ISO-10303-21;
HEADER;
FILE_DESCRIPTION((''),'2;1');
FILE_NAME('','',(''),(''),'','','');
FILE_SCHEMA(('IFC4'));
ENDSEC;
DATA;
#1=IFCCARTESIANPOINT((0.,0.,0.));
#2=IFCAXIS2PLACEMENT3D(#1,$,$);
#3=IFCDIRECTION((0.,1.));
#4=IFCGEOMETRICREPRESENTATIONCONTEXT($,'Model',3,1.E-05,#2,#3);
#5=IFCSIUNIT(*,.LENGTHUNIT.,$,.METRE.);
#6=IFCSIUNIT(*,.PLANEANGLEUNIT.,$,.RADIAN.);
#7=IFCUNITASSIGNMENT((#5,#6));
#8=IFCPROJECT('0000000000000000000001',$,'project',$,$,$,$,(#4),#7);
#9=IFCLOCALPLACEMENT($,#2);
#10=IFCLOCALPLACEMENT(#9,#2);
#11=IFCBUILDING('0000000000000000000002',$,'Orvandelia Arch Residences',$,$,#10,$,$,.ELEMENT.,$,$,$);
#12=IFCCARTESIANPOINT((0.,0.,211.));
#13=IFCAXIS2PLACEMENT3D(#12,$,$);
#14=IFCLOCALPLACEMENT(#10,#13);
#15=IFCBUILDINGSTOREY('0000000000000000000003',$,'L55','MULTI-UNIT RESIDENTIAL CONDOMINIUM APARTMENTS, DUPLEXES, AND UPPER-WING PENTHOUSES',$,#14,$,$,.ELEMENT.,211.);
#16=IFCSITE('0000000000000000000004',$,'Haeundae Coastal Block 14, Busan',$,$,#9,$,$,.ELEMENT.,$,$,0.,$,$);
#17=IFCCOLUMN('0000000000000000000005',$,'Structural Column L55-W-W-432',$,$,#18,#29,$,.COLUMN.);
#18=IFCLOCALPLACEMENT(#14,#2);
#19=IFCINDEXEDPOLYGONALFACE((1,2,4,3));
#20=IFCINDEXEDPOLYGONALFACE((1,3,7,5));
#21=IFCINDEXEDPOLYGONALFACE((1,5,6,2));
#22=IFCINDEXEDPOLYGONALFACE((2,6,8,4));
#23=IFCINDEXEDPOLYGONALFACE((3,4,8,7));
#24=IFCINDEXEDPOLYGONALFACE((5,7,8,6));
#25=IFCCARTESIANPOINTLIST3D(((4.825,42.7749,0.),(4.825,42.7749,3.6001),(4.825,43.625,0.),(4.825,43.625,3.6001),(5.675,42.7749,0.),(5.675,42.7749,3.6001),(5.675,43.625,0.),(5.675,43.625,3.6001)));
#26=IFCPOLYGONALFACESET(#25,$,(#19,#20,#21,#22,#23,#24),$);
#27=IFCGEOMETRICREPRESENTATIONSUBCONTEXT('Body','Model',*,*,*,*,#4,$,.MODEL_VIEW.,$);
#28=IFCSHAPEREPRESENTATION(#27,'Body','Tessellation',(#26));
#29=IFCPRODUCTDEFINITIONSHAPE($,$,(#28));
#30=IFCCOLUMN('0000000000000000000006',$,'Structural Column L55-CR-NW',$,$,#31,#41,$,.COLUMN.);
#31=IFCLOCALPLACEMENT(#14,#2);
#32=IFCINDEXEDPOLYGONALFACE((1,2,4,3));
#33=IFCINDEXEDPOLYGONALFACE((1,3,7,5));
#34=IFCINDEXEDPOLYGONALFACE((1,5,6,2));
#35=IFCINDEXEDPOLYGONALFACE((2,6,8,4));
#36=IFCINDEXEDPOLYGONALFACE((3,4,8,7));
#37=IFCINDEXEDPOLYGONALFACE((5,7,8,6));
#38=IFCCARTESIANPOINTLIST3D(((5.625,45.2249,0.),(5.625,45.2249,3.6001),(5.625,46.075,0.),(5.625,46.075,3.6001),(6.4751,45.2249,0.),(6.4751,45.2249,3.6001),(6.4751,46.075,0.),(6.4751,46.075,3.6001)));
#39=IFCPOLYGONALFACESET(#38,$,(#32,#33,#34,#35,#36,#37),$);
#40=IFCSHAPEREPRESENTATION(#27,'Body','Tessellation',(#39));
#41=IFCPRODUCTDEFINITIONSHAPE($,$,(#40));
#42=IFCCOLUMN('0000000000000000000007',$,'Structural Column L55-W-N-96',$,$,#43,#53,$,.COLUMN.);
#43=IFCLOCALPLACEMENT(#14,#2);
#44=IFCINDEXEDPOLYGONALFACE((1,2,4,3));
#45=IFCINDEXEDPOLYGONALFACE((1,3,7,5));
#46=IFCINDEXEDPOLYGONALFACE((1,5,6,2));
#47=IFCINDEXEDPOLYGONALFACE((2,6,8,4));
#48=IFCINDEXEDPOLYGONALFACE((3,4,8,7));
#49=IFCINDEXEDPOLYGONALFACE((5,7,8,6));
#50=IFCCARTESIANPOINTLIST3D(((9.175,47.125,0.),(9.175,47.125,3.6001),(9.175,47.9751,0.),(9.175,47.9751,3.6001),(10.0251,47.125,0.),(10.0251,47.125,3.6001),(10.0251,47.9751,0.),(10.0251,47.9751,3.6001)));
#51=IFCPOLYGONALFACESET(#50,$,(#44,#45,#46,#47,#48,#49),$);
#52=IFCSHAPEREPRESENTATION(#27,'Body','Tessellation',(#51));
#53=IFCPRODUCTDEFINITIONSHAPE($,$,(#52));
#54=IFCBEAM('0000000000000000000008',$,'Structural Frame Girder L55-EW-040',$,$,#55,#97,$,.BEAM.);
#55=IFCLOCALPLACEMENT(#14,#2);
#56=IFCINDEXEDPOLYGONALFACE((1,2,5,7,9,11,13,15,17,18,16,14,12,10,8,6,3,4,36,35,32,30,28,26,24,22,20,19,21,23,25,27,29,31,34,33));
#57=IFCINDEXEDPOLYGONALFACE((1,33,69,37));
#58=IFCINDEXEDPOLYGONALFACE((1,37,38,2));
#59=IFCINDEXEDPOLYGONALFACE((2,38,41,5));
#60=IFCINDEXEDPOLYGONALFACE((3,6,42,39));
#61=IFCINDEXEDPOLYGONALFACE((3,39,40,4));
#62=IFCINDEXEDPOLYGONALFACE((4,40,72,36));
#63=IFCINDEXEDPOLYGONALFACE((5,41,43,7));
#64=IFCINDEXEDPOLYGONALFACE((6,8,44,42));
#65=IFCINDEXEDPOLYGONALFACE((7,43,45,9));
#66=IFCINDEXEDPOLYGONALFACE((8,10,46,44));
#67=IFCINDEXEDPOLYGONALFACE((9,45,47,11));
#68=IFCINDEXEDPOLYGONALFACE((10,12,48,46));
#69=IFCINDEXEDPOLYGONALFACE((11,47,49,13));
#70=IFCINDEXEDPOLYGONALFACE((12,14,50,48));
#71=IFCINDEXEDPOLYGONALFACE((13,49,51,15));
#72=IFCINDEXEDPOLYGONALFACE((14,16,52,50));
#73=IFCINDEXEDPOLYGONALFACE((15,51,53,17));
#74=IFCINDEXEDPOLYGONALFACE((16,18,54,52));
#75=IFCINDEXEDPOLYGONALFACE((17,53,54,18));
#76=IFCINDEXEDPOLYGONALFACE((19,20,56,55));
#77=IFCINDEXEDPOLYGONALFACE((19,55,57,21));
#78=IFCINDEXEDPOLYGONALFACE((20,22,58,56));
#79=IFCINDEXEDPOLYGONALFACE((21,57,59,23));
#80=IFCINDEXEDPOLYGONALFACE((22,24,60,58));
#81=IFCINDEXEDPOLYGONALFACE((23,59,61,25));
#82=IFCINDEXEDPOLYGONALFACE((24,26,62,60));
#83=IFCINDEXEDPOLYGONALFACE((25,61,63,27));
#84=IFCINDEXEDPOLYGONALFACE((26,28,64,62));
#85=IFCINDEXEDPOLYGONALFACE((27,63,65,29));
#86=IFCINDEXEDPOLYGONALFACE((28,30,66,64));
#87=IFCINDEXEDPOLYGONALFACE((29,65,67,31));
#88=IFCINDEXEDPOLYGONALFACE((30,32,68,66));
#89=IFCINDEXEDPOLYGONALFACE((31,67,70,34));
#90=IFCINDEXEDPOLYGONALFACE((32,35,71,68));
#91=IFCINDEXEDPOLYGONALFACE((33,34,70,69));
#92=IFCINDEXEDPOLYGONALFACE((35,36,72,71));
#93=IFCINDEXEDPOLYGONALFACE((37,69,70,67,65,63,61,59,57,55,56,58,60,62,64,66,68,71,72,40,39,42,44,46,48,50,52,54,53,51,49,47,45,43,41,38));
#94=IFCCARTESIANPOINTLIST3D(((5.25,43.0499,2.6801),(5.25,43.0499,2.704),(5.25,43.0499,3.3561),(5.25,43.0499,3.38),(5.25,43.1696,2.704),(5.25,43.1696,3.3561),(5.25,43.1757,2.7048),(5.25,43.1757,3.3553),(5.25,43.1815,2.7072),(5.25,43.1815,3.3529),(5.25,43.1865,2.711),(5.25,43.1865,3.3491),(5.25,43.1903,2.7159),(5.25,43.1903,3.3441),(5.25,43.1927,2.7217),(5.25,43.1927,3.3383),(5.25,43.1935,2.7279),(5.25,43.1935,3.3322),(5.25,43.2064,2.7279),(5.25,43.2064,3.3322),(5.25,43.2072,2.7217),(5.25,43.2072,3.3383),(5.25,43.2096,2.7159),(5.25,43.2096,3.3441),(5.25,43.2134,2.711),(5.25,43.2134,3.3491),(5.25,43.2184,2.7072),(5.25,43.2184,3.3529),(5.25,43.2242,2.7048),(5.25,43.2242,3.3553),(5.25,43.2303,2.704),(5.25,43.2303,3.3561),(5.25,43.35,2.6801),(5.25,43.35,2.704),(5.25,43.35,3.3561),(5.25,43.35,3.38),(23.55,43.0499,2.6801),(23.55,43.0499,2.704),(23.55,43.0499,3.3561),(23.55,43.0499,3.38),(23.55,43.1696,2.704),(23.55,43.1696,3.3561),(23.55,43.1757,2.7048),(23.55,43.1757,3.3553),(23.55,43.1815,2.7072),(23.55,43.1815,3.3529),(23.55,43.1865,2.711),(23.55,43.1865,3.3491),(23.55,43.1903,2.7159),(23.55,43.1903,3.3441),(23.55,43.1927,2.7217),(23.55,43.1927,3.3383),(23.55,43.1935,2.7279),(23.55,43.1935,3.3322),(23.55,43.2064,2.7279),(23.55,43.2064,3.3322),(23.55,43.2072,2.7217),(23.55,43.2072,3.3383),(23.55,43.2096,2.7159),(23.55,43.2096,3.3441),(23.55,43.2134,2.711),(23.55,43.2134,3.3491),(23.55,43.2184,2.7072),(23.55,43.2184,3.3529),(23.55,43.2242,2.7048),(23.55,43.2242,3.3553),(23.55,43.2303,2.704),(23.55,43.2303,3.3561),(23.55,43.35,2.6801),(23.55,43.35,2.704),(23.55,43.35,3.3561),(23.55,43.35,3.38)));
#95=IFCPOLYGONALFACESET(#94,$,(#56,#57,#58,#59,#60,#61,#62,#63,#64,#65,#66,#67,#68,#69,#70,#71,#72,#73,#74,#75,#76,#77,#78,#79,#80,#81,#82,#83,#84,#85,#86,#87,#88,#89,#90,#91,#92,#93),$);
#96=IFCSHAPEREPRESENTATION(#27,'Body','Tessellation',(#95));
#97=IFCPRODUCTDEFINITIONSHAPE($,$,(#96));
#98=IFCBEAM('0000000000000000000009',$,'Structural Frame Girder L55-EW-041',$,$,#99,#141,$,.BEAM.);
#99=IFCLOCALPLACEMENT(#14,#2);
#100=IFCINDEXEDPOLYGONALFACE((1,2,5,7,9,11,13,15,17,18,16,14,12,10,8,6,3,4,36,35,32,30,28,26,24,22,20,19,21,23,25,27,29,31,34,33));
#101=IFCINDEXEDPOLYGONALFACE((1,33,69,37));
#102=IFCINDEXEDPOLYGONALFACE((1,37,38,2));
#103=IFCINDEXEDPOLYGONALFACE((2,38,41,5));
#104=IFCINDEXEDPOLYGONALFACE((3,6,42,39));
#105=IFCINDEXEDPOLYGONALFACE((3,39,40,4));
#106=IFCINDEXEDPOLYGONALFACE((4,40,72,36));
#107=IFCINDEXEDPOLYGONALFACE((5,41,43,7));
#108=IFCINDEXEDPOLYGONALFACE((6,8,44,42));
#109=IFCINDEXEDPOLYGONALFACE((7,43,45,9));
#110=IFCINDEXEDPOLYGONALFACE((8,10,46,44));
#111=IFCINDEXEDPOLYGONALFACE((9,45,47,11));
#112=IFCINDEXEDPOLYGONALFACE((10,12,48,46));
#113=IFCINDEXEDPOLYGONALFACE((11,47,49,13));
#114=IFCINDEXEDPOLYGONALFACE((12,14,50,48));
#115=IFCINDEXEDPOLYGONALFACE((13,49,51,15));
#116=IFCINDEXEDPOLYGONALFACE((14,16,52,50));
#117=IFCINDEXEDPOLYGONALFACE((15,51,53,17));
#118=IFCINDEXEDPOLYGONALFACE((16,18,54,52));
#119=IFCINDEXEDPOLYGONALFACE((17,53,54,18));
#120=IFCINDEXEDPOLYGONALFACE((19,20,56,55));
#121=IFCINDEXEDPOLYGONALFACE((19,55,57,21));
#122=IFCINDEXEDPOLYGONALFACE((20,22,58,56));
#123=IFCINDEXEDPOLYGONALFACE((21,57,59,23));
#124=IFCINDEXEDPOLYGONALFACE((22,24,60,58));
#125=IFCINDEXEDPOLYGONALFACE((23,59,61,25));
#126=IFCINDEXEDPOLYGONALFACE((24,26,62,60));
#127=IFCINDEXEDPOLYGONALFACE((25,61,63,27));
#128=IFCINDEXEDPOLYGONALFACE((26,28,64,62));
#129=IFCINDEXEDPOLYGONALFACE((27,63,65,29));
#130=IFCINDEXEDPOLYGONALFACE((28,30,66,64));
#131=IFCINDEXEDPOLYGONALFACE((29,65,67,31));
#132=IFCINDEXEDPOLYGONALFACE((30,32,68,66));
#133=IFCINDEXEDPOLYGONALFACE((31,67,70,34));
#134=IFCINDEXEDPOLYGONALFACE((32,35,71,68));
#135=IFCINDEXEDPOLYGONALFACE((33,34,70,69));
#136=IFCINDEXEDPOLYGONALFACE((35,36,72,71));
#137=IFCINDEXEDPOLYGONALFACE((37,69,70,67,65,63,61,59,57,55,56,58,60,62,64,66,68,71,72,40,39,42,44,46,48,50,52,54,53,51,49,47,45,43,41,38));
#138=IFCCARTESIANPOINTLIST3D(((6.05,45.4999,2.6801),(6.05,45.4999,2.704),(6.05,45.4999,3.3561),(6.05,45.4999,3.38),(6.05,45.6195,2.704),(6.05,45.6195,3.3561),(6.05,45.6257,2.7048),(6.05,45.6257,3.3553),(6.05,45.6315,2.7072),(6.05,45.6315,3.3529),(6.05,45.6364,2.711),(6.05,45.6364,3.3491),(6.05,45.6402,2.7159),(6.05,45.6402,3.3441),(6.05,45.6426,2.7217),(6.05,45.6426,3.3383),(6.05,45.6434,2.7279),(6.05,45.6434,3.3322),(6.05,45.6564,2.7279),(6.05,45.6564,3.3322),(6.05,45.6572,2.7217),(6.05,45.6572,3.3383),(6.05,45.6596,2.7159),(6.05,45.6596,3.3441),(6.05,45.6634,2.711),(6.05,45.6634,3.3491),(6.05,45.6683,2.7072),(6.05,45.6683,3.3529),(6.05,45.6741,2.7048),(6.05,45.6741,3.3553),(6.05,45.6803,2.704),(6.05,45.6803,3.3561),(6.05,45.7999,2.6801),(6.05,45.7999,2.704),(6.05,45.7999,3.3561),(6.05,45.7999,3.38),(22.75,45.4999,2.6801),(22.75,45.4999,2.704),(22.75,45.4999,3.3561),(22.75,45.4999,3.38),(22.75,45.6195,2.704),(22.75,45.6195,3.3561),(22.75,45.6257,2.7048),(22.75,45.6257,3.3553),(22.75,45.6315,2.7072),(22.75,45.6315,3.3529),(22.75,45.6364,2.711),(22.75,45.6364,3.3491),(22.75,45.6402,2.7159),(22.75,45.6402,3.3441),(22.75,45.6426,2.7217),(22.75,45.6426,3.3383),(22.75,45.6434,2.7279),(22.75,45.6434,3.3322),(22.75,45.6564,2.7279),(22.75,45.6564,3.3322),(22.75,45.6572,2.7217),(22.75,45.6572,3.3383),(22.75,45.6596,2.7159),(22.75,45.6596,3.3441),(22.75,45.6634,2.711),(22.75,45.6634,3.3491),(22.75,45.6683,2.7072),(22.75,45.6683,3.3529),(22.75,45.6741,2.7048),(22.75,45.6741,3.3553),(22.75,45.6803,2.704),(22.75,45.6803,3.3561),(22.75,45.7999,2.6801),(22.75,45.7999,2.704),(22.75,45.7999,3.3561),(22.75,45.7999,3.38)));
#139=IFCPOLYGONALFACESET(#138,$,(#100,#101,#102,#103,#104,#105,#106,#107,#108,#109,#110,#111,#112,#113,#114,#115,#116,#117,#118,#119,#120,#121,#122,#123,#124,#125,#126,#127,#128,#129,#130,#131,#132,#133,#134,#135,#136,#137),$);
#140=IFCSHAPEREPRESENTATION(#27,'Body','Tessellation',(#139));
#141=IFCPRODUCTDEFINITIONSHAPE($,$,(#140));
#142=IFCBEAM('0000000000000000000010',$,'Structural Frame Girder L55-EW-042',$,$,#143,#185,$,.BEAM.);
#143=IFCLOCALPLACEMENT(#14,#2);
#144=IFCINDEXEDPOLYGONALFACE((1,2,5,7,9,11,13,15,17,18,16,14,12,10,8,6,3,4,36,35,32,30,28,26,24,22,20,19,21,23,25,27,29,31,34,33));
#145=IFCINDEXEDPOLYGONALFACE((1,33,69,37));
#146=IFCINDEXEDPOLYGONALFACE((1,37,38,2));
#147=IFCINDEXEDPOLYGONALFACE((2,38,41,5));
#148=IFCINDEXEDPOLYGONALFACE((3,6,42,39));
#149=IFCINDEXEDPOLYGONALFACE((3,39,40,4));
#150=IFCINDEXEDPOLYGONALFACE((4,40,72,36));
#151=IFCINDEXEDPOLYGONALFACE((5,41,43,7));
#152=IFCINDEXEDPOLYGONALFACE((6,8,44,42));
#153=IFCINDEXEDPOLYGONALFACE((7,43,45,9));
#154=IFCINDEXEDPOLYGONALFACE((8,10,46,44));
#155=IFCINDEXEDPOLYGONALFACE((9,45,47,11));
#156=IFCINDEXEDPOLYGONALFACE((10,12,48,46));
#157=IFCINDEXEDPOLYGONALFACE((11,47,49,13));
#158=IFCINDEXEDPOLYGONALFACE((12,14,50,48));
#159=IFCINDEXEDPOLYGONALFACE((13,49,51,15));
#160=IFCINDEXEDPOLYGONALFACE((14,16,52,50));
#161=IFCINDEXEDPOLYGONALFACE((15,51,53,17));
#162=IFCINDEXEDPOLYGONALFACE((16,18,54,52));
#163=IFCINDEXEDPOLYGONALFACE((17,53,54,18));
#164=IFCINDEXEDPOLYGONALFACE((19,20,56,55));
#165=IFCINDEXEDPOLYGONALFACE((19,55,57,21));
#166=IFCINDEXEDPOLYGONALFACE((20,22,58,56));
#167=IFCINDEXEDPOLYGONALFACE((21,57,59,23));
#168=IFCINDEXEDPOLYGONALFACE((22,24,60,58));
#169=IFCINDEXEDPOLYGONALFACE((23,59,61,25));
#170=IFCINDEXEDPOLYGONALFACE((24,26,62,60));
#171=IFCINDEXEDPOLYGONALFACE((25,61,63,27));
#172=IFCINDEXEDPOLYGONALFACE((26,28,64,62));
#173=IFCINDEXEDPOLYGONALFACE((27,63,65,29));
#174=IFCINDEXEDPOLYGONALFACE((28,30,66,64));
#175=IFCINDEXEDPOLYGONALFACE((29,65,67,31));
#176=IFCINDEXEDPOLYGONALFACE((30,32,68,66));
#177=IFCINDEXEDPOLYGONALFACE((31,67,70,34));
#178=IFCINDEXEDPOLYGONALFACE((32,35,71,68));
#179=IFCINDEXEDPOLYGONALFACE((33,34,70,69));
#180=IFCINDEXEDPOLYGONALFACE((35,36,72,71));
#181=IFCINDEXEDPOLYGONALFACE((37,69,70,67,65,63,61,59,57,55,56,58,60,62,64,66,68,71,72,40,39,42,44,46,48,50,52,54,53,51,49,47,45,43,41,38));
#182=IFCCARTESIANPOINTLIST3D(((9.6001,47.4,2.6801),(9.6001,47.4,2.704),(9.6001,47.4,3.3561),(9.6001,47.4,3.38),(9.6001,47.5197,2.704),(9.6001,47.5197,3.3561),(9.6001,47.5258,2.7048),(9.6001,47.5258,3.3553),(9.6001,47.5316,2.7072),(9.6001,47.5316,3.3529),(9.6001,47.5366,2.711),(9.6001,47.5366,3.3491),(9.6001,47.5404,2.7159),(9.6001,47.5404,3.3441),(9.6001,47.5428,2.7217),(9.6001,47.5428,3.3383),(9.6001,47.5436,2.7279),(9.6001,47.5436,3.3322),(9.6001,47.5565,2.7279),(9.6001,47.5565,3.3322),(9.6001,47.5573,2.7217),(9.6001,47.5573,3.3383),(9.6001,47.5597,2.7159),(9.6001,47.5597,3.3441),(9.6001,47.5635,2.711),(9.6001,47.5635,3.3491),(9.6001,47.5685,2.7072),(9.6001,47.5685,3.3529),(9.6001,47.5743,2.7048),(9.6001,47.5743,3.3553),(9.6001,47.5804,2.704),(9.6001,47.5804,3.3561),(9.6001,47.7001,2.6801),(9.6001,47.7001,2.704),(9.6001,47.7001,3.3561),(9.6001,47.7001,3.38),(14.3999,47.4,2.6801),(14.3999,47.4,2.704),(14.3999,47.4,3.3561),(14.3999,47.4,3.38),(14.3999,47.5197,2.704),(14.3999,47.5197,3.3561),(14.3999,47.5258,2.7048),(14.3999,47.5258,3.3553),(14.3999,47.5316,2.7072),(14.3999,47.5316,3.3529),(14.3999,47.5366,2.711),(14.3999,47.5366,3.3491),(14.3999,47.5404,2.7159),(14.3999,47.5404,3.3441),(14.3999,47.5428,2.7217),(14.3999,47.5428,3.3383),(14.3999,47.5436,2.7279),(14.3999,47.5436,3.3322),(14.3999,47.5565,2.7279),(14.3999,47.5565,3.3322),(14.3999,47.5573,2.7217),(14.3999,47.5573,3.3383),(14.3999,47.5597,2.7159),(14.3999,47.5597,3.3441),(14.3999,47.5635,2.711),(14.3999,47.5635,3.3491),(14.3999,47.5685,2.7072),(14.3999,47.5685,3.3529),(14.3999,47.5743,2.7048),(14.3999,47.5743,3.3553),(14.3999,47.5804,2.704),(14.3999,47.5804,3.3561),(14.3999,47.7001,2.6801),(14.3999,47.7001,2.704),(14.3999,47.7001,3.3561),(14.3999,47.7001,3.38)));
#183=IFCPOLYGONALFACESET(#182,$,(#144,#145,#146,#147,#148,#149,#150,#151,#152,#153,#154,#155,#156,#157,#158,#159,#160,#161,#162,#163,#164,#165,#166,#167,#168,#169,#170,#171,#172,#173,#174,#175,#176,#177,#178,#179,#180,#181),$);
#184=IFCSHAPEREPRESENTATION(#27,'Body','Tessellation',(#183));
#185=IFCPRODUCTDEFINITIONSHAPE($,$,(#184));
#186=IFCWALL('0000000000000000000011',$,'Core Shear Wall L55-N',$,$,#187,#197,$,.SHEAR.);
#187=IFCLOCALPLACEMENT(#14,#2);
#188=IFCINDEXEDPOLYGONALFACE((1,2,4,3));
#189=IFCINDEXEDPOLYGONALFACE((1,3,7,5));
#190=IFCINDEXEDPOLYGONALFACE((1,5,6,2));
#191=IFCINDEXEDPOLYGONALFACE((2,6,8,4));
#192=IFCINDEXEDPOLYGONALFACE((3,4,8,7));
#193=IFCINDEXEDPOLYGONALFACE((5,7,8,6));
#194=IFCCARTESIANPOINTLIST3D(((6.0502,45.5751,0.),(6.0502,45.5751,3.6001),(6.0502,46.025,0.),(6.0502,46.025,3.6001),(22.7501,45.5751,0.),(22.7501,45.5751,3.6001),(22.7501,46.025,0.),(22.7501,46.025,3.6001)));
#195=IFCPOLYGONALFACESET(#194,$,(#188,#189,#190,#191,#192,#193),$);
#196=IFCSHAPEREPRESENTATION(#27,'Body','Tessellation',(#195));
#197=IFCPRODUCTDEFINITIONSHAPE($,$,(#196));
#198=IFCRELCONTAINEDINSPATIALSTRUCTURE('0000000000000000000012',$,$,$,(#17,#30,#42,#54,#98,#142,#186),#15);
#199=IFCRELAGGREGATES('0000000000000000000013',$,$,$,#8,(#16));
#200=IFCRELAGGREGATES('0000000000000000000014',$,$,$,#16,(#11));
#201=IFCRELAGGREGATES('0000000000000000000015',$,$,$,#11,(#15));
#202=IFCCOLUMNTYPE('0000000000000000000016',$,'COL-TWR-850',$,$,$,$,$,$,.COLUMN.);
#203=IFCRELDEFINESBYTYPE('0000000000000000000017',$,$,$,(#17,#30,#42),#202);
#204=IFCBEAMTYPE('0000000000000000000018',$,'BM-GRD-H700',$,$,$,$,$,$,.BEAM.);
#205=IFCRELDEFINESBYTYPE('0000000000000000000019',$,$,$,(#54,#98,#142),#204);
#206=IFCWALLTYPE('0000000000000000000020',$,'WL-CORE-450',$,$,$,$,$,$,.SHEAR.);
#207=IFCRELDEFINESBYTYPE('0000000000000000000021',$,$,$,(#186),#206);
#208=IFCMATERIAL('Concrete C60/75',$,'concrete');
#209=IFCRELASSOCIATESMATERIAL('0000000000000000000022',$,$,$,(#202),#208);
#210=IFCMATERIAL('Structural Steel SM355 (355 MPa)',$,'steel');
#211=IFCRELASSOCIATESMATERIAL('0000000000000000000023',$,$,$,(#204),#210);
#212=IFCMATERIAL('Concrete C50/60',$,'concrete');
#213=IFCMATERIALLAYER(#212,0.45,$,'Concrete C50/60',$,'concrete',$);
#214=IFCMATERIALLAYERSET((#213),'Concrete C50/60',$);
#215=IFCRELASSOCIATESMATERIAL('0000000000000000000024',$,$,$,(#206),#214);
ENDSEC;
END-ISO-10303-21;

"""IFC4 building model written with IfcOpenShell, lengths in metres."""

from ifc_helpers import new_model, si_unit, direction, frame, frame_2d, origin, origin_2d, place, context, subcontext, project, spatial, rectangle, i_section, extrude, material, layer, layer_set, material_profile, profile_set, type_object, element, save


model = new_model("IFC4")

# Units and contexts
model_context = context("Model", 3, precision=1e-05, world=origin(), true_north=direction((0.0, 1.0)))
body_context = subcontext(model_context, "Body", "Model", "MODEL_VIEW")
ifc_project = project(units=[si_unit("LENGTHUNIT", "METRE"), si_unit("PLANEANGLEUNIT", "RADIAN")], contexts=[model_context])

# Site, building, storey
site_placement = place(None, origin())
site = spatial("IfcSite", under=ifc_project, at=site_placement, Name="Haeundae Coastal Block 14, Busan", CompositionType="ELEMENT", RefElevation=0.0)
building_placement = place(site_placement, origin())
building = spatial("IfcBuilding", under=site, at=building_placement, Name="Orvandelia Arch Residences", CompositionType="ELEMENT")
storey_placement = place(building_placement, frame((0.0, 0.0, 211.0)))
storey = spatial("IfcBuildingStorey", under=building, at=storey_placement, Name="L55", Description="MULTI-UNIT RESIDENTIAL CONDOMINIUM APARTMENTS, DUPLEXES, AND UPPER-WING PENTHOUSES", CompositionType="ELEMENT", Elevation=211.0)

# Columns
ifc_material_1 = material(Name="Concrete C60/75", Category="concrete")
ifc_material_profile_1 = material_profile(ifc_material_1, rectangle(XDim=0.8501, YDim=0.8501, at=origin_2d()), Name="Concrete C60/75", Category="concrete")
ifc_profile_set_1 = profile_set([ifc_material_profile_1], Name="Concrete C60/75")
column_type = type_object("IfcColumnType", Name="COL-TWR-850", PredefinedType="COLUMN", material=ifc_profile_set_1)
for number, where, z_axis, x_axis, name in (
    (1, (5.25, 43.2, 0.0), (0.0, 0.0, 1.0), (1.0, 0.0, 0.0), "Structural Column L55-W-W-432"),
    (2, (6.05, 45.6499, 0.0), (0.0, 0.0, 1.0), (1.0, 0.0, 0.0), "Structural Column L55-CR-NW"),
    (3, (9.6001, 47.55, 0.0), (0.0, 0.0, 1.0), (1.0, 0.0, 0.0), "Structural Column L55-W-N-96"),
):
    element("IfcColumn", number, at=place(storey_placement, frame(where, z_axis=z_axis, x_axis=x_axis)), inside=storey, type_object=column_type, Name=name, PredefinedType="COLUMN", context=body_context, shape_type="SweptSolid", body=[
        extrude(rectangle(XDim=0.8501, YDim=0.8501, at=origin_2d()), origin(), (0.0, 0.0, 1.0), 3.6001),
    ])

# Beams
ifc_material_2 = material(Name="Structural Steel SM355 (355 MPa)", Category="steel")
ifc_material_profile_2 = material_profile(ifc_material_2, i_section(OverallWidth=0.3, OverallDepth=0.7, WebThickness=0.0129, FlangeThickness=0.0239, FilletRadius=0.0239, at=origin_2d()), Name="Structural Steel SM355 (355 MPa)", Category="steel")
ifc_profile_set_2 = profile_set([ifc_material_profile_2], Name="Structural Steel SM355 (355 MPa)")
beam_type = type_object("IfcBeamType", Name="BM-GRD-H700", PredefinedType="BEAM", material=ifc_profile_set_2)
beam_1_placement = place(storey_placement, frame((5.25, 43.2, 3.03), z_axis=(1.0, 0.0, 0.0), x_axis=(0.0, 1.0, 0.0)))
element("IfcBeam", 4, at=beam_1_placement, inside=storey, type_object=beam_type, Name="Structural Frame Girder L55-EW-040", PredefinedType="BEAM", context=body_context, shape_type="SweptSolid", body=[
    extrude(i_section(OverallWidth=0.3, OverallDepth=0.7, WebThickness=0.0129, FlangeThickness=0.0239, FilletRadius=0.0239, at=origin_2d()), origin(), (0.0, 0.0, 1.0), 18.3),
])
beam_2_placement = place(storey_placement, frame((6.05, 45.6499, 3.03), z_axis=(1.0, 0.0, 0.0), x_axis=(0.0, 1.0, 0.0)))
element("IfcBeam", 5, at=beam_2_placement, inside=storey, type_object=beam_type, Name="Structural Frame Girder L55-EW-041", PredefinedType="BEAM", context=body_context, shape_type="SweptSolid", body=[
    extrude(i_section(OverallWidth=0.3, OverallDepth=0.7, WebThickness=0.0129, FlangeThickness=0.0239, FilletRadius=0.0239, at=origin_2d()), origin(), (0.0, 0.0, 1.0), 16.7),
])
beam_3_placement = place(storey_placement, frame((9.6001, 47.55, 3.03), z_axis=(1.0, 0.0, 0.0), x_axis=(0.0, 1.0, 0.0)))
element("IfcBeam", 6, at=beam_3_placement, inside=storey, type_object=beam_type, Name="Structural Frame Girder L55-EW-042", PredefinedType="BEAM", context=body_context, shape_type="SweptSolid", body=[
    extrude(i_section(OverallWidth=0.3, OverallDepth=0.7, WebThickness=0.0129, FlangeThickness=0.0239, FilletRadius=0.0239, at=origin_2d()), origin(), (0.0, 0.0, 1.0), 4.7998),
])

# Wall
ifc_material_3 = material(Name="Concrete C50/60", Category="concrete")
ifc_layer_1 = layer(ifc_material_3, 0.45, Name="Concrete C50/60", Category="concrete")
ifc_layer_set_1 = layer_set([ifc_layer_1], Name="Concrete C50/60")
wall_type_1 = type_object("IfcWallType", Name="WL-CORE-450", PredefinedType="SHEAR", material=ifc_layer_set_1)
wall_1_placement = place(storey_placement, frame((6.05, 45.8, 0.0), z_axis=(0.0, 0.0, 1.0), x_axis=(1.0, 0.0, 0.0)))
element("IfcWall", 7, at=wall_1_placement, inside=storey, type_object=wall_type_1, Name="Core Shear Wall L55-N", PredefinedType="SHEAR", context=body_context, shape_type="SweptSolid", body=[
    extrude(rectangle(XDim=16.7, YDim=0.45, at=frame_2d((8.3501, 0.0))), origin(), (0.0, 0.0, 1.0), 3.6001),
])

save(model, "model.ifc")
